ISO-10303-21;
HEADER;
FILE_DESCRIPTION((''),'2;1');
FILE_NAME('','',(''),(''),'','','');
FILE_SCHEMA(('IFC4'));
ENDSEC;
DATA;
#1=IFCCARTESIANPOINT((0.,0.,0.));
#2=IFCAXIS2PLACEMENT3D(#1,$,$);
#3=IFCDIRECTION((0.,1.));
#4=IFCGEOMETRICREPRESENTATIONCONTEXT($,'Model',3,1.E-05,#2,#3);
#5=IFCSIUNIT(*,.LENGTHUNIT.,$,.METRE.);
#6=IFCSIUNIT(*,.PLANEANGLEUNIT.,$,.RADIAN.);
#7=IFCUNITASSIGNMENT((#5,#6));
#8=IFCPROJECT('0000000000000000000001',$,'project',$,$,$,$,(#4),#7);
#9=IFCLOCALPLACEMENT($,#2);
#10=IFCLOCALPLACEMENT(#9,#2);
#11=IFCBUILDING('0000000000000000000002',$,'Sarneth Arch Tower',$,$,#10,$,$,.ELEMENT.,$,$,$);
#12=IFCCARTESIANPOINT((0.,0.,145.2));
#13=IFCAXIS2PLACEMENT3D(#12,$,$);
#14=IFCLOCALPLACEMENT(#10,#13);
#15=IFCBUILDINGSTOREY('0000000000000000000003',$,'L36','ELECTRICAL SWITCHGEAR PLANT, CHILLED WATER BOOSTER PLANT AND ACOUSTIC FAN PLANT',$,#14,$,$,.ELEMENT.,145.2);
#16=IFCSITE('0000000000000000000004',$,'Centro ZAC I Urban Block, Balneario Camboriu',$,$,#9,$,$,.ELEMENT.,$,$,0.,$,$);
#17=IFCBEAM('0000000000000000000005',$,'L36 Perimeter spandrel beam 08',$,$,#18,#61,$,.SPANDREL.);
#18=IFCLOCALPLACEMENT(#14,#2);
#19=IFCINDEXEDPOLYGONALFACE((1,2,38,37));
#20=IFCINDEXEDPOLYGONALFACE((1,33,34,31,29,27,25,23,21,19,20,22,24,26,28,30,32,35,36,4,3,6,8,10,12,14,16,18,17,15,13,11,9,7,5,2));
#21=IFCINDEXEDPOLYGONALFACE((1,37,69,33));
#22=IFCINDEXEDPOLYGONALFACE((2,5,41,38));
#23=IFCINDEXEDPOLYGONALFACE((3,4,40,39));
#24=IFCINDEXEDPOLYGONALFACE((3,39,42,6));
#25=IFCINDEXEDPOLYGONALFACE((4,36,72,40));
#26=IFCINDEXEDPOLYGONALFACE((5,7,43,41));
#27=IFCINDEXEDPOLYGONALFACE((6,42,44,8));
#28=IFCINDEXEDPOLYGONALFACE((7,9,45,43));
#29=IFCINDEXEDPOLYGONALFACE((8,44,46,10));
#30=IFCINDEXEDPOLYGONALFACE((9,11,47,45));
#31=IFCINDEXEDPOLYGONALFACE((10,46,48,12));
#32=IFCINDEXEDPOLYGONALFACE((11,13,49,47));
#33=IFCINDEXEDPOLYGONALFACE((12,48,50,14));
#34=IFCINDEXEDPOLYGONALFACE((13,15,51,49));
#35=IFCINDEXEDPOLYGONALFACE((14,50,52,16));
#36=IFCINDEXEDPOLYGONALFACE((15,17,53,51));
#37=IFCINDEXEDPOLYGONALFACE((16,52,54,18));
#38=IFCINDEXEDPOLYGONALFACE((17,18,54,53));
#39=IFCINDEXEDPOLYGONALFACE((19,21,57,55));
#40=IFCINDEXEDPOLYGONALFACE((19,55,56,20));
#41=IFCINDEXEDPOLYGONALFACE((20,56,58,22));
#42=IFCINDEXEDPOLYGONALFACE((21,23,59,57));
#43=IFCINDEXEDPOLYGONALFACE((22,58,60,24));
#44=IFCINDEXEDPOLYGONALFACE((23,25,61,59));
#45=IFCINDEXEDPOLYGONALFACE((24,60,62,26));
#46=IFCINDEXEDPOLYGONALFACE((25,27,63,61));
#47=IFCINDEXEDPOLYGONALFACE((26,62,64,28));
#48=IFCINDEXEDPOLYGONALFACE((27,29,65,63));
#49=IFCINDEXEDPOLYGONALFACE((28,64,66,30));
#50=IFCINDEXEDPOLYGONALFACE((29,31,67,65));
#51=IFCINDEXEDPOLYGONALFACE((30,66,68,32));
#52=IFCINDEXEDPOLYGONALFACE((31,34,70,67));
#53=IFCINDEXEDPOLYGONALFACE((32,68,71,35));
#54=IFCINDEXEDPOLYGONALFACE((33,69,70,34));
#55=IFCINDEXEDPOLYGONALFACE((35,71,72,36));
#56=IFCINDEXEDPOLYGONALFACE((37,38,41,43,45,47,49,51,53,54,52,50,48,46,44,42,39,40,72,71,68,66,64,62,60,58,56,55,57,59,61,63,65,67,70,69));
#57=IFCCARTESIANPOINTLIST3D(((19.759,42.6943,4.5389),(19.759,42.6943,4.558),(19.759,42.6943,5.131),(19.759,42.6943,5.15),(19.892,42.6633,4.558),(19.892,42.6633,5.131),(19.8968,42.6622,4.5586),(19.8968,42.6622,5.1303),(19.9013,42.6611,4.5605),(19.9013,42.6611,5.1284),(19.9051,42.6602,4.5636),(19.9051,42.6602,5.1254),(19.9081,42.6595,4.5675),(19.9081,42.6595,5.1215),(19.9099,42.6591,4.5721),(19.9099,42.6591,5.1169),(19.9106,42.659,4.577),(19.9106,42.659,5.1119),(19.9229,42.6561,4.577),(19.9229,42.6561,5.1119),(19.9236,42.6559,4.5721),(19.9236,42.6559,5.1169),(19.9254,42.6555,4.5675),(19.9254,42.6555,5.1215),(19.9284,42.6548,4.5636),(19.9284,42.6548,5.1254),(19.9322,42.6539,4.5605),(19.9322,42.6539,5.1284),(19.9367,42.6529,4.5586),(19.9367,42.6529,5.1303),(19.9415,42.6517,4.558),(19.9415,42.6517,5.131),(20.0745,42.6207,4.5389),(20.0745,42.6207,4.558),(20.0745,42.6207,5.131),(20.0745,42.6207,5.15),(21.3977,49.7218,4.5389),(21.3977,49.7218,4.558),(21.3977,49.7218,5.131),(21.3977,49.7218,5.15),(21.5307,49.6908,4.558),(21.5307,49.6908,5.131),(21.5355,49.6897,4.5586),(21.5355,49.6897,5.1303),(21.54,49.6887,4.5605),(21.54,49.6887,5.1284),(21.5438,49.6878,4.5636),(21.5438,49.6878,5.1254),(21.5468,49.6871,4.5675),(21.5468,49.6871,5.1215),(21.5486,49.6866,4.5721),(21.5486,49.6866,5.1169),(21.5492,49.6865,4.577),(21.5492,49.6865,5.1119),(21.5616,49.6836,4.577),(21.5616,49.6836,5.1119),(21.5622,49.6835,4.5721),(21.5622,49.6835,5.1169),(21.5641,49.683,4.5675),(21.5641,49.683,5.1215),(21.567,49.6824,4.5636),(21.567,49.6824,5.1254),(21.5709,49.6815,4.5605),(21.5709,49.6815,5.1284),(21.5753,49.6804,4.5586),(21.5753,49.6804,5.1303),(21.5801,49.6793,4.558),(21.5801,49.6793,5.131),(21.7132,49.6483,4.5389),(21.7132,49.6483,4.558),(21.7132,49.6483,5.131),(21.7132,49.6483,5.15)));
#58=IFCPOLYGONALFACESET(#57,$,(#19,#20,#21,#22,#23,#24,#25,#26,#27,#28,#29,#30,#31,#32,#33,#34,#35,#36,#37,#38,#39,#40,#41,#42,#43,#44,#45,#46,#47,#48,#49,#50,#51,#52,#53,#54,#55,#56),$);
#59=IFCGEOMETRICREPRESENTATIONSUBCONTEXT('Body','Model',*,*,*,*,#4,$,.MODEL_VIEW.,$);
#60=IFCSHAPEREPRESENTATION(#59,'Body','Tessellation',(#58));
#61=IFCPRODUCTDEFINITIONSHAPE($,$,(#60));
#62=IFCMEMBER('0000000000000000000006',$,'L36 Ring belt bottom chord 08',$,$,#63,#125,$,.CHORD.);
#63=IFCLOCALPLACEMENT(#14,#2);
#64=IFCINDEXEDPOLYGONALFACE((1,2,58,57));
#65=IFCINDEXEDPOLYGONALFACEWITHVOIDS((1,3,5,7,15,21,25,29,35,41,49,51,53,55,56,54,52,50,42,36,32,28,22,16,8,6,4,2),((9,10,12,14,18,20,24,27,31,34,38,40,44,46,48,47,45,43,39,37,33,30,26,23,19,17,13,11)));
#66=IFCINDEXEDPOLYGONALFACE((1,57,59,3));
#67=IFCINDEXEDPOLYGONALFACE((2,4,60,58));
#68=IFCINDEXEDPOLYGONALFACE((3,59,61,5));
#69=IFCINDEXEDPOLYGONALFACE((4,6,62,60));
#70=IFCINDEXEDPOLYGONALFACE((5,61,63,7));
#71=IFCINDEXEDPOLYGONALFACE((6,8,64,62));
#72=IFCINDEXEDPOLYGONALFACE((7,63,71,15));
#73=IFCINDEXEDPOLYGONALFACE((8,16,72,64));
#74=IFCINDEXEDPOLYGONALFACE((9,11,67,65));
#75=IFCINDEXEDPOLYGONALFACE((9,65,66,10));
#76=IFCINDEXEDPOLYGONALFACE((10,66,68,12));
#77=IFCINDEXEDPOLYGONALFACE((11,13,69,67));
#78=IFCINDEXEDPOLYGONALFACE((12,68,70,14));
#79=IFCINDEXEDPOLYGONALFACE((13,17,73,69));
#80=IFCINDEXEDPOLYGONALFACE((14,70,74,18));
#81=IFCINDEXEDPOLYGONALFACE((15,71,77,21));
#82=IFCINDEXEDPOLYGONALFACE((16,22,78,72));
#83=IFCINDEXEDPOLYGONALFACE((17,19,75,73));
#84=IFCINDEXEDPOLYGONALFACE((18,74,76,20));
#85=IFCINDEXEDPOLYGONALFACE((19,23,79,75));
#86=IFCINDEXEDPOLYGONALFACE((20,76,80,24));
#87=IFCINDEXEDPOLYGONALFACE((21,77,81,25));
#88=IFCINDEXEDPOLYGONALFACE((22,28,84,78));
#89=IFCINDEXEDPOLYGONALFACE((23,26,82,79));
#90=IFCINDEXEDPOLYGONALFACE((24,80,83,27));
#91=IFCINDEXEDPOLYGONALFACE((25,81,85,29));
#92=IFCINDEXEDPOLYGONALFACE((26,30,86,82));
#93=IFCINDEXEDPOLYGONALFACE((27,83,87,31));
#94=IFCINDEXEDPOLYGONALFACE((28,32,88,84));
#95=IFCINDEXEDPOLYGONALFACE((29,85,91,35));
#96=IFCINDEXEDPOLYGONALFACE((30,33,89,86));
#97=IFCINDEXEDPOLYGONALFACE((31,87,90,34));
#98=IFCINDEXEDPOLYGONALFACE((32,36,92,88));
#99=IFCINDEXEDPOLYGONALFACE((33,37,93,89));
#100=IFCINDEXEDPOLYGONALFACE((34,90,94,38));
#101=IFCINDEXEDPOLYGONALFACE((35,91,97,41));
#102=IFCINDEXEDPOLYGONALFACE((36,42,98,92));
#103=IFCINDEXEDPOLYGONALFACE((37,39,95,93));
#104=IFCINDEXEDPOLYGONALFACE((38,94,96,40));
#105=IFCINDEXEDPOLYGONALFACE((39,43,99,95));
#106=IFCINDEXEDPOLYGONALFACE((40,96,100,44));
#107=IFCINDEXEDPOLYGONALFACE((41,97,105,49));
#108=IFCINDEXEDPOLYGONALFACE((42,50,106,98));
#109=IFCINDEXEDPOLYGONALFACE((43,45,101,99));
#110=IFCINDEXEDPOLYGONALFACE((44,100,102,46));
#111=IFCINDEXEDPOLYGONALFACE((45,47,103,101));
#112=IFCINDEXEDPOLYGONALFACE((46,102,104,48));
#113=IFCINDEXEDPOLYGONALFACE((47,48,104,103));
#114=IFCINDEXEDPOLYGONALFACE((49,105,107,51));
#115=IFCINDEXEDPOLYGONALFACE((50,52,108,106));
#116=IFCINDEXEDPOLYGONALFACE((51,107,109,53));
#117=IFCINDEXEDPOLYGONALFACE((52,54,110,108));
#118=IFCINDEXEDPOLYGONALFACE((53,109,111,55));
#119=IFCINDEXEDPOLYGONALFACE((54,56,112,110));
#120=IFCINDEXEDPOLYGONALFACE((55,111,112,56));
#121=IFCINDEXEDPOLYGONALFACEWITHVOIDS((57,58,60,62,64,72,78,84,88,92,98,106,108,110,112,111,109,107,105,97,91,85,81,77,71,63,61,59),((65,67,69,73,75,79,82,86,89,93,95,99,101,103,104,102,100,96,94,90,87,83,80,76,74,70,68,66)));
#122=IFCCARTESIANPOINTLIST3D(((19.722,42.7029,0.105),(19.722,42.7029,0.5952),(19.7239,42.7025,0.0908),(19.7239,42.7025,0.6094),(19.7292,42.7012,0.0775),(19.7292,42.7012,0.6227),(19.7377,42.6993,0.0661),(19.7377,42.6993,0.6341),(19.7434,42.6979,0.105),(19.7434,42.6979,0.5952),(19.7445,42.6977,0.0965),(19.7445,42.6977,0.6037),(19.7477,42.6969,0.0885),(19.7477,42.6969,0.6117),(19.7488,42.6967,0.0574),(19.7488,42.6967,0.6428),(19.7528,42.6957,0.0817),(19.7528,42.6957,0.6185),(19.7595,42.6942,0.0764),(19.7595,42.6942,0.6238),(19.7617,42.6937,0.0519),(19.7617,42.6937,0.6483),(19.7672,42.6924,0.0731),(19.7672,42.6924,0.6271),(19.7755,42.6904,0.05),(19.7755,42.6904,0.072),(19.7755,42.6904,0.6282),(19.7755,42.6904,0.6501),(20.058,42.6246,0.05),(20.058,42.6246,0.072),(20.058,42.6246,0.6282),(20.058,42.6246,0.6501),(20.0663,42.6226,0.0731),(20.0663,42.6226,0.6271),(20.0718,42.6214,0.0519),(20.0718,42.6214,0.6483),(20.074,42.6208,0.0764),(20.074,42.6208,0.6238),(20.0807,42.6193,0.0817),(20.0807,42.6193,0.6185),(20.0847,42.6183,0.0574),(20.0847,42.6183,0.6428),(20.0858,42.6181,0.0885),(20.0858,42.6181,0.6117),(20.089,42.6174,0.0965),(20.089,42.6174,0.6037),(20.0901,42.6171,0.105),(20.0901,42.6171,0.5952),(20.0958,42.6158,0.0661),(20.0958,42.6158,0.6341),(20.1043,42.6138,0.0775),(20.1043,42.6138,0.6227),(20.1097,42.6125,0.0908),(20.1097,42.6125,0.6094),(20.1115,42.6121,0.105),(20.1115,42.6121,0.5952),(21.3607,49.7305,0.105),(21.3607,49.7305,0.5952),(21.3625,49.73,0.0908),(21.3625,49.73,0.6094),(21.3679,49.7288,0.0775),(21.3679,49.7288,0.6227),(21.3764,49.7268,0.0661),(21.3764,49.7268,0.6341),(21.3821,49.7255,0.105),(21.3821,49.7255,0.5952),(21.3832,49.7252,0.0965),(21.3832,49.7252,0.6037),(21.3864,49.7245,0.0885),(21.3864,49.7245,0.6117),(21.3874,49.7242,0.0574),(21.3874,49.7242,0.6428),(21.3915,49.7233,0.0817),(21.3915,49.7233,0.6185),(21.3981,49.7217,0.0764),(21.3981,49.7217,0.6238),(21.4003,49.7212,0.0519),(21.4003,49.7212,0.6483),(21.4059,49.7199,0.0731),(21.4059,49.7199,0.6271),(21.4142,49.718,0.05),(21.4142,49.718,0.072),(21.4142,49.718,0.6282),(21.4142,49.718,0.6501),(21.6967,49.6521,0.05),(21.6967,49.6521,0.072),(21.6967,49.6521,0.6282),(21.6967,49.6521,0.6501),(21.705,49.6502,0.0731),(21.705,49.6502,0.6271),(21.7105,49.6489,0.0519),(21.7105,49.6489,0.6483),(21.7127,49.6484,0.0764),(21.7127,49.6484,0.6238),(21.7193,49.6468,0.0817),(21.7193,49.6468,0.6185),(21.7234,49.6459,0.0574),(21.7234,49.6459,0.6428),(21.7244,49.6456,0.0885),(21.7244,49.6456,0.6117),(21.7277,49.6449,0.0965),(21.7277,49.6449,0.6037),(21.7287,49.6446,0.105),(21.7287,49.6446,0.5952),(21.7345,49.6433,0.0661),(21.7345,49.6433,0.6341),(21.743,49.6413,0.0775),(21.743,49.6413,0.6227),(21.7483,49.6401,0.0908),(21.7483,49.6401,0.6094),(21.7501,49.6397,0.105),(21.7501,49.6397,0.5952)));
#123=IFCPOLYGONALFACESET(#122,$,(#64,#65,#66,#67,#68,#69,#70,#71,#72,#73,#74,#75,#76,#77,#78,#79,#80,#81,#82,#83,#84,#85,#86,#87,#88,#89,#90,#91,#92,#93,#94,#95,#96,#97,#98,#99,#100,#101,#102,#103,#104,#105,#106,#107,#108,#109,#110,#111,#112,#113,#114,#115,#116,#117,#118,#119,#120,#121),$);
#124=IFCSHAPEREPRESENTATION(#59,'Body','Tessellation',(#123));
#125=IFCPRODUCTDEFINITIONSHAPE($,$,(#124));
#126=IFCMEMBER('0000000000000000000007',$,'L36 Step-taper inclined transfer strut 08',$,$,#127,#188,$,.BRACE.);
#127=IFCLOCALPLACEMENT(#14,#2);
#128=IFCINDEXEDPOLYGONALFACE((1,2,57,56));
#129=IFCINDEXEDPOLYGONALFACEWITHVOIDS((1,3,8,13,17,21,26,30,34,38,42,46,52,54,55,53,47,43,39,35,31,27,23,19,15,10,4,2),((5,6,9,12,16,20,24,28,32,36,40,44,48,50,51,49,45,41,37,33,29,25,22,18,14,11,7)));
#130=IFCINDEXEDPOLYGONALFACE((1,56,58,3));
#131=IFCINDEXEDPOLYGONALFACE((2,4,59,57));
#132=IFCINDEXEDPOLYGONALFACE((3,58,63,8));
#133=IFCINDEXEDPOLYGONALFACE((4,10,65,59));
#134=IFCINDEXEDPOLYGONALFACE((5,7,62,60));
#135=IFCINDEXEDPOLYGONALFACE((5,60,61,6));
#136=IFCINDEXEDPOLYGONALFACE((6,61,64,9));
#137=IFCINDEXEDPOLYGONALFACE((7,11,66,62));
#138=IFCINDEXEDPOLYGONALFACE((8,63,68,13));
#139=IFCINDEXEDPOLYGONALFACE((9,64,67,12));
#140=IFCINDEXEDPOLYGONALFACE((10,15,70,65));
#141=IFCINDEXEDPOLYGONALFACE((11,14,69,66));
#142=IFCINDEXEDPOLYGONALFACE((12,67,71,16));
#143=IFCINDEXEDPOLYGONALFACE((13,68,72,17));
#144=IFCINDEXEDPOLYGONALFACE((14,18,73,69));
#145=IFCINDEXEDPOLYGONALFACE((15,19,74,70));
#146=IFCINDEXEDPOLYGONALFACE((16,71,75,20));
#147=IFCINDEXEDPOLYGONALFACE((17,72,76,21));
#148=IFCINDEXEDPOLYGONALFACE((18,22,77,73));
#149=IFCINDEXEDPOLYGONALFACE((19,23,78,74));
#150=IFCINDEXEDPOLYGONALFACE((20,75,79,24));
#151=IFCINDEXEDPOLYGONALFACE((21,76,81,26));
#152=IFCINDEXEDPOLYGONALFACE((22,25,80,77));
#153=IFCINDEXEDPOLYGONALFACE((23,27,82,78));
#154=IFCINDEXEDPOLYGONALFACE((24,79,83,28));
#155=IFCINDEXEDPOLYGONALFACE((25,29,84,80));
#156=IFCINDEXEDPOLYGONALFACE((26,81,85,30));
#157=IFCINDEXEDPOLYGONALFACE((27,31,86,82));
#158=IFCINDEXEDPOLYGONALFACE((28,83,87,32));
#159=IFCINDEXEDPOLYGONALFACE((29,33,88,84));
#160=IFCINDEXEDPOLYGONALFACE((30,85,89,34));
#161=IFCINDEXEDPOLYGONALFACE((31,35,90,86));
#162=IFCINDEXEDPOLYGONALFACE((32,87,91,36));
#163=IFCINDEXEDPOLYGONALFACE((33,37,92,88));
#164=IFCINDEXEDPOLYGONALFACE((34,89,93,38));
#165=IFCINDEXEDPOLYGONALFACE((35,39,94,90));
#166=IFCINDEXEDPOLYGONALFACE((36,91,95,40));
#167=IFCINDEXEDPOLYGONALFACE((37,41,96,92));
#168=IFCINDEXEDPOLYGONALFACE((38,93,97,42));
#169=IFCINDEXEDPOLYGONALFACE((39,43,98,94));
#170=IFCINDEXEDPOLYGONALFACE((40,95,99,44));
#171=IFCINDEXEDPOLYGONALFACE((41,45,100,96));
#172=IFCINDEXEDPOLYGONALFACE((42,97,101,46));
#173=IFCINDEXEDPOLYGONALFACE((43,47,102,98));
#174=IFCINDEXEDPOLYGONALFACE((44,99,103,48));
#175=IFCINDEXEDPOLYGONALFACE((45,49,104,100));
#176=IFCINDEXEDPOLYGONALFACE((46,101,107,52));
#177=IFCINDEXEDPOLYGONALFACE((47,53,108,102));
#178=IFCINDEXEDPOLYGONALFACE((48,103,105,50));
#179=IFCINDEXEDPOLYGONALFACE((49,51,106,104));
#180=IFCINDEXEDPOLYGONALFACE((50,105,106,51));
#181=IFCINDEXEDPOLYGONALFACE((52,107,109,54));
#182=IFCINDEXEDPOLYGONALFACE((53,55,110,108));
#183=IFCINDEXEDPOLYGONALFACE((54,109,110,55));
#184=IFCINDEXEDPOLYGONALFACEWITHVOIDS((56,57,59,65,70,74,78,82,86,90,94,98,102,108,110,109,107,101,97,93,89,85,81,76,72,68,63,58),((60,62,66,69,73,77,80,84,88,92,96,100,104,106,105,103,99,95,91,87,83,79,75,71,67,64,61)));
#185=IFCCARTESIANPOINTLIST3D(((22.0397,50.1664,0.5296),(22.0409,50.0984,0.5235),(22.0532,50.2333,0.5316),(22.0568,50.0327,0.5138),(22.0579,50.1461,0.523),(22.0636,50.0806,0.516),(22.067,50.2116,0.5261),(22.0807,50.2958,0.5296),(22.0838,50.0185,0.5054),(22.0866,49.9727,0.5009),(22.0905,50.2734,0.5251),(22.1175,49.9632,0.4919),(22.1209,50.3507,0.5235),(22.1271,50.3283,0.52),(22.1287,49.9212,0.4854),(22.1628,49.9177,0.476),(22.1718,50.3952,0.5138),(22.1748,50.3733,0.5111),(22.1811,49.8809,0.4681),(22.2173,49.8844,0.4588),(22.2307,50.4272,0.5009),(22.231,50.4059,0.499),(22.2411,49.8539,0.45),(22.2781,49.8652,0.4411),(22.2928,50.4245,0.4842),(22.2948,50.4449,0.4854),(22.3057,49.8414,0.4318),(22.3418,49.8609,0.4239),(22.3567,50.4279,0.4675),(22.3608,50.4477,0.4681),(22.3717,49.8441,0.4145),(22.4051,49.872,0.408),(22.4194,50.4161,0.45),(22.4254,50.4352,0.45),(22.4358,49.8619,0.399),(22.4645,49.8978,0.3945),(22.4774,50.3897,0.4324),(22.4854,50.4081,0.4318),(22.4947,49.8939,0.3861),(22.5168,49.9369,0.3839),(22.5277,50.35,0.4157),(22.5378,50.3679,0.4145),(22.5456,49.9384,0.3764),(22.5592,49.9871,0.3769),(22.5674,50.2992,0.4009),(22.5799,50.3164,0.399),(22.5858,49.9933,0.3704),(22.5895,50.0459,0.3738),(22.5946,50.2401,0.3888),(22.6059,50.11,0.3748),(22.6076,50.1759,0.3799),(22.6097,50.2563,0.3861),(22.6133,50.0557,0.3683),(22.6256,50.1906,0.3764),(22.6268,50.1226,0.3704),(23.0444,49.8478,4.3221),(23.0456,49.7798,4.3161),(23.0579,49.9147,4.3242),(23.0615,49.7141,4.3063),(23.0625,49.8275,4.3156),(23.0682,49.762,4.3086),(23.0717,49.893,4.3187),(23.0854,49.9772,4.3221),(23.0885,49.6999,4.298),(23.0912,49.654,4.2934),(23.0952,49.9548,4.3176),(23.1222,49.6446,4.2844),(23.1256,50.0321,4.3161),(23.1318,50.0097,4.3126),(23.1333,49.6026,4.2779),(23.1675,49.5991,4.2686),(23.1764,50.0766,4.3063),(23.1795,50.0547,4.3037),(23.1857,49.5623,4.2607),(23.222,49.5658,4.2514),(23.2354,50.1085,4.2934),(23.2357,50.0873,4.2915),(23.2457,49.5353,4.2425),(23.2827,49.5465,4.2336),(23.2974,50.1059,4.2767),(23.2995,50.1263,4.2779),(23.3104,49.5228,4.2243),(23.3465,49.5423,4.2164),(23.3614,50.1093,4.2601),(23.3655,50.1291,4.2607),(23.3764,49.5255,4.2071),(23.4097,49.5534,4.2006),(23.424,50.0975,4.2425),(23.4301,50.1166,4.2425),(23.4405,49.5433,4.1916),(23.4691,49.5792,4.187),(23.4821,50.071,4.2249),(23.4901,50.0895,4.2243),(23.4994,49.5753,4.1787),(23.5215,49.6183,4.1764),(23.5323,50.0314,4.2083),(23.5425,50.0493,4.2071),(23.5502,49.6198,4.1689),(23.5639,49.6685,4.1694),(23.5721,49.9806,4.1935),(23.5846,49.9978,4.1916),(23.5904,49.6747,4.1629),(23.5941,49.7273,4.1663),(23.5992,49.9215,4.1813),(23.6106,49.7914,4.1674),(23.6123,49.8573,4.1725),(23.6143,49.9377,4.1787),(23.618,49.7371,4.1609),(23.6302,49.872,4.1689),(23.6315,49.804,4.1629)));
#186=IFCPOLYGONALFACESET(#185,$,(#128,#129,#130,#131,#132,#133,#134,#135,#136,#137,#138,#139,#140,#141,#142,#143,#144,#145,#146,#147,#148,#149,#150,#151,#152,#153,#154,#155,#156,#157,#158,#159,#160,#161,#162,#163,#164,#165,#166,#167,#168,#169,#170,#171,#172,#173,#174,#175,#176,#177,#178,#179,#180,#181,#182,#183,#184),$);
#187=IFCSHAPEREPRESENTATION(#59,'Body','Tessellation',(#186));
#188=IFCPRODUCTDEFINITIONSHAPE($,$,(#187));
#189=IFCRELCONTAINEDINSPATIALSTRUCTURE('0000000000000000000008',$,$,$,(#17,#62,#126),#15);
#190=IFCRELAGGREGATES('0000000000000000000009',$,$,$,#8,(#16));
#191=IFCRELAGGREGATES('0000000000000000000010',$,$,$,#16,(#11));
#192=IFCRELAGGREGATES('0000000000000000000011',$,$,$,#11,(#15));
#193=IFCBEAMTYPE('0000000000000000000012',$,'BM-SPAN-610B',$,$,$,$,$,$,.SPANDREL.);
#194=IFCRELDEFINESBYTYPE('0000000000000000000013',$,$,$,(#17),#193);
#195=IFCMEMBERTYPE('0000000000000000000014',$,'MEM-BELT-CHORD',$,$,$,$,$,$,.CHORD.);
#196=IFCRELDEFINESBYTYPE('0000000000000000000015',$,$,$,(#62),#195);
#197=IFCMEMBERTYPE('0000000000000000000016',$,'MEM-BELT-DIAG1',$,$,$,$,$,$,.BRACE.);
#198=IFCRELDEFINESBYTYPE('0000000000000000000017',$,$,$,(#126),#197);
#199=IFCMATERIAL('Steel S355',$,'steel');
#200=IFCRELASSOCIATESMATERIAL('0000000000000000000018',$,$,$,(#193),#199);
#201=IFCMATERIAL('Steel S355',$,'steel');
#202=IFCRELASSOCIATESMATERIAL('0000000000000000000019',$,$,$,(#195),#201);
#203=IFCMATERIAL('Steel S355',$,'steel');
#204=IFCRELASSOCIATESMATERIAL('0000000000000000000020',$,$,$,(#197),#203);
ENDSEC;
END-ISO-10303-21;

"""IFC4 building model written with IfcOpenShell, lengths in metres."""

from ifc_helpers import new_model, si_unit, direction, frame, origin, origin_2d, place, context, subcontext, project, spatial, hollow_rectangle, hollow_circle, i_section, extrude, material, material_profile, profile_set, type_object, element, save


model = new_model("IFC4")

# Units and contexts
model_context = context("Model", 3, precision=1e-05, world=origin(), true_north=direction((0.0, 1.0)))
body_context = subcontext(model_context, "Body", "Model", "MODEL_VIEW")
ifc_project = project(units=[si_unit("LENGTHUNIT", "METRE"), si_unit("PLANEANGLEUNIT", "RADIAN")], contexts=[model_context])

# Site, building, storey
site_placement = place(None, origin())
site = spatial("IfcSite", under=ifc_project, at=site_placement, Name="Centro ZAC I Urban Block, Balneario Camboriu", CompositionType="ELEMENT", RefElevation=0.0)
building_placement = place(site_placement, origin())
building = spatial("IfcBuilding", under=site, at=building_placement, Name="Sarneth Arch Tower", CompositionType="ELEMENT")
storey_placement = place(building_placement, frame((0.0, 0.0, 145.2)))
storey = spatial("IfcBuildingStorey", under=building, at=storey_placement, Name="L36", Description="ELECTRICAL SWITCHGEAR PLANT, CHILLED WATER BOOSTER PLANT AND ACOUSTIC FAN PLANT", CompositionType="ELEMENT", Elevation=145.2)

# Beam
ifc_material_1 = material(Name="Steel S355", Category="steel")
ifc_material_profile_1 = material_profile(ifc_material_1, i_section(OverallWidth=0.324, OverallDepth=0.6111, WebThickness=0.0127, FlangeThickness=0.019, FilletRadius=0.019, at=origin_2d()), Name="W610x155")
ifc_profile_set_1 = profile_set([ifc_material_profile_1], Name="Steel S355")
beam_type_1 = type_object("IfcBeamType", Name="BM-SPAN-610B", PredefinedType="SPANDREL", material=ifc_profile_set_1)
beam_placement = place(storey_placement, frame((21.5554, 49.6851, 4.8445), z_axis=(-0.227085, -0.973875, 0.0), x_axis=(0.973875, -0.227085, 0.0)))
element("IfcBeam", 1, at=beam_placement, inside=storey, type_object=beam_type_1, Name="L36 Perimeter spandrel beam 08", PredefinedType="SPANDREL", context=body_context, shape_type="SweptSolid", body=[
    extrude(i_section(OverallWidth=0.324, OverallDepth=0.6111, WebThickness=0.0127, FlangeThickness=0.019, FilletRadius=0.019, at=origin_2d()), origin(), (0.0, 0.0, 1.0), 7.2161),
])

# Members
ifc_material_2 = material(Name="Steel S355", Category="steel")
ifc_material_profile_2 = material_profile(ifc_material_2, hollow_rectangle(XDim=0.3999, YDim=0.6001, WallThickness=0.022, InnerFilletRadius=0.033, OuterFilletRadius=0.0549, at=origin_2d()), Name="RHS600x400x22")
ifc_profile_set_2 = profile_set([ifc_material_profile_2], Name="Steel S355")
member_type_1 = type_object("IfcMemberType", Name="MEM-BELT-CHORD", PredefinedType="CHORD", material=ifc_profile_set_2)
member_1_placement = place(storey_placement, frame((21.5554, 49.6851, 0.3501), z_axis=(-0.227085, -0.973875, 0.0), x_axis=(0.973875, -0.227085, 0.0)))
element("IfcMember", 2, at=member_1_placement, inside=storey, type_object=member_type_1, Name="L36 Ring belt bottom chord 08", PredefinedType="CHORD", context=body_context, shape_type="SweptSolid", body=[
    extrude(hollow_rectangle(XDim=0.3999, YDim=0.6001, WallThickness=0.022, InnerFilletRadius=0.033, OuterFilletRadius=0.0549, at=origin_2d()), origin(), (0.0, 0.0, 1.0), 7.2161),
])
ifc_material_3 = material(Name="Steel S355", Category="steel")
ifc_material_profile_3 = material_profile(ifc_material_3, hollow_circle(Radius=0.3049, WallThickness=0.02, at=origin_2d()), Name="CHS610x20")
ifc_profile_set_3 = profile_set([ifc_material_profile_3], Name="Steel S355")
member_type_2 = type_object("IfcMemberType", Name="MEM-BELT-DIAG1", PredefinedType="BRACE", material=ifc_profile_set_3)
member_2_placement = place(storey_placement, frame((22.3333, 50.1445, 0.45), z_axis=(0.25523, -0.080942, 0.963486), x_axis=(0.302295, 0.953214, 0.0)))
element("IfcMember", 3, at=member_2_placement, inside=storey, type_object=member_type_2, Name="L36 Step-taper inclined transfer strut 08", PredefinedType="BRACE", context=body_context, shape_type="SweptSolid", body=[
    extrude(hollow_circle(Radius=0.3049, WallThickness=0.02, at=origin_2d()), origin(), (0.0, 0.0, 1.0), 3.9363),
])

save(model, "model.ifc")
